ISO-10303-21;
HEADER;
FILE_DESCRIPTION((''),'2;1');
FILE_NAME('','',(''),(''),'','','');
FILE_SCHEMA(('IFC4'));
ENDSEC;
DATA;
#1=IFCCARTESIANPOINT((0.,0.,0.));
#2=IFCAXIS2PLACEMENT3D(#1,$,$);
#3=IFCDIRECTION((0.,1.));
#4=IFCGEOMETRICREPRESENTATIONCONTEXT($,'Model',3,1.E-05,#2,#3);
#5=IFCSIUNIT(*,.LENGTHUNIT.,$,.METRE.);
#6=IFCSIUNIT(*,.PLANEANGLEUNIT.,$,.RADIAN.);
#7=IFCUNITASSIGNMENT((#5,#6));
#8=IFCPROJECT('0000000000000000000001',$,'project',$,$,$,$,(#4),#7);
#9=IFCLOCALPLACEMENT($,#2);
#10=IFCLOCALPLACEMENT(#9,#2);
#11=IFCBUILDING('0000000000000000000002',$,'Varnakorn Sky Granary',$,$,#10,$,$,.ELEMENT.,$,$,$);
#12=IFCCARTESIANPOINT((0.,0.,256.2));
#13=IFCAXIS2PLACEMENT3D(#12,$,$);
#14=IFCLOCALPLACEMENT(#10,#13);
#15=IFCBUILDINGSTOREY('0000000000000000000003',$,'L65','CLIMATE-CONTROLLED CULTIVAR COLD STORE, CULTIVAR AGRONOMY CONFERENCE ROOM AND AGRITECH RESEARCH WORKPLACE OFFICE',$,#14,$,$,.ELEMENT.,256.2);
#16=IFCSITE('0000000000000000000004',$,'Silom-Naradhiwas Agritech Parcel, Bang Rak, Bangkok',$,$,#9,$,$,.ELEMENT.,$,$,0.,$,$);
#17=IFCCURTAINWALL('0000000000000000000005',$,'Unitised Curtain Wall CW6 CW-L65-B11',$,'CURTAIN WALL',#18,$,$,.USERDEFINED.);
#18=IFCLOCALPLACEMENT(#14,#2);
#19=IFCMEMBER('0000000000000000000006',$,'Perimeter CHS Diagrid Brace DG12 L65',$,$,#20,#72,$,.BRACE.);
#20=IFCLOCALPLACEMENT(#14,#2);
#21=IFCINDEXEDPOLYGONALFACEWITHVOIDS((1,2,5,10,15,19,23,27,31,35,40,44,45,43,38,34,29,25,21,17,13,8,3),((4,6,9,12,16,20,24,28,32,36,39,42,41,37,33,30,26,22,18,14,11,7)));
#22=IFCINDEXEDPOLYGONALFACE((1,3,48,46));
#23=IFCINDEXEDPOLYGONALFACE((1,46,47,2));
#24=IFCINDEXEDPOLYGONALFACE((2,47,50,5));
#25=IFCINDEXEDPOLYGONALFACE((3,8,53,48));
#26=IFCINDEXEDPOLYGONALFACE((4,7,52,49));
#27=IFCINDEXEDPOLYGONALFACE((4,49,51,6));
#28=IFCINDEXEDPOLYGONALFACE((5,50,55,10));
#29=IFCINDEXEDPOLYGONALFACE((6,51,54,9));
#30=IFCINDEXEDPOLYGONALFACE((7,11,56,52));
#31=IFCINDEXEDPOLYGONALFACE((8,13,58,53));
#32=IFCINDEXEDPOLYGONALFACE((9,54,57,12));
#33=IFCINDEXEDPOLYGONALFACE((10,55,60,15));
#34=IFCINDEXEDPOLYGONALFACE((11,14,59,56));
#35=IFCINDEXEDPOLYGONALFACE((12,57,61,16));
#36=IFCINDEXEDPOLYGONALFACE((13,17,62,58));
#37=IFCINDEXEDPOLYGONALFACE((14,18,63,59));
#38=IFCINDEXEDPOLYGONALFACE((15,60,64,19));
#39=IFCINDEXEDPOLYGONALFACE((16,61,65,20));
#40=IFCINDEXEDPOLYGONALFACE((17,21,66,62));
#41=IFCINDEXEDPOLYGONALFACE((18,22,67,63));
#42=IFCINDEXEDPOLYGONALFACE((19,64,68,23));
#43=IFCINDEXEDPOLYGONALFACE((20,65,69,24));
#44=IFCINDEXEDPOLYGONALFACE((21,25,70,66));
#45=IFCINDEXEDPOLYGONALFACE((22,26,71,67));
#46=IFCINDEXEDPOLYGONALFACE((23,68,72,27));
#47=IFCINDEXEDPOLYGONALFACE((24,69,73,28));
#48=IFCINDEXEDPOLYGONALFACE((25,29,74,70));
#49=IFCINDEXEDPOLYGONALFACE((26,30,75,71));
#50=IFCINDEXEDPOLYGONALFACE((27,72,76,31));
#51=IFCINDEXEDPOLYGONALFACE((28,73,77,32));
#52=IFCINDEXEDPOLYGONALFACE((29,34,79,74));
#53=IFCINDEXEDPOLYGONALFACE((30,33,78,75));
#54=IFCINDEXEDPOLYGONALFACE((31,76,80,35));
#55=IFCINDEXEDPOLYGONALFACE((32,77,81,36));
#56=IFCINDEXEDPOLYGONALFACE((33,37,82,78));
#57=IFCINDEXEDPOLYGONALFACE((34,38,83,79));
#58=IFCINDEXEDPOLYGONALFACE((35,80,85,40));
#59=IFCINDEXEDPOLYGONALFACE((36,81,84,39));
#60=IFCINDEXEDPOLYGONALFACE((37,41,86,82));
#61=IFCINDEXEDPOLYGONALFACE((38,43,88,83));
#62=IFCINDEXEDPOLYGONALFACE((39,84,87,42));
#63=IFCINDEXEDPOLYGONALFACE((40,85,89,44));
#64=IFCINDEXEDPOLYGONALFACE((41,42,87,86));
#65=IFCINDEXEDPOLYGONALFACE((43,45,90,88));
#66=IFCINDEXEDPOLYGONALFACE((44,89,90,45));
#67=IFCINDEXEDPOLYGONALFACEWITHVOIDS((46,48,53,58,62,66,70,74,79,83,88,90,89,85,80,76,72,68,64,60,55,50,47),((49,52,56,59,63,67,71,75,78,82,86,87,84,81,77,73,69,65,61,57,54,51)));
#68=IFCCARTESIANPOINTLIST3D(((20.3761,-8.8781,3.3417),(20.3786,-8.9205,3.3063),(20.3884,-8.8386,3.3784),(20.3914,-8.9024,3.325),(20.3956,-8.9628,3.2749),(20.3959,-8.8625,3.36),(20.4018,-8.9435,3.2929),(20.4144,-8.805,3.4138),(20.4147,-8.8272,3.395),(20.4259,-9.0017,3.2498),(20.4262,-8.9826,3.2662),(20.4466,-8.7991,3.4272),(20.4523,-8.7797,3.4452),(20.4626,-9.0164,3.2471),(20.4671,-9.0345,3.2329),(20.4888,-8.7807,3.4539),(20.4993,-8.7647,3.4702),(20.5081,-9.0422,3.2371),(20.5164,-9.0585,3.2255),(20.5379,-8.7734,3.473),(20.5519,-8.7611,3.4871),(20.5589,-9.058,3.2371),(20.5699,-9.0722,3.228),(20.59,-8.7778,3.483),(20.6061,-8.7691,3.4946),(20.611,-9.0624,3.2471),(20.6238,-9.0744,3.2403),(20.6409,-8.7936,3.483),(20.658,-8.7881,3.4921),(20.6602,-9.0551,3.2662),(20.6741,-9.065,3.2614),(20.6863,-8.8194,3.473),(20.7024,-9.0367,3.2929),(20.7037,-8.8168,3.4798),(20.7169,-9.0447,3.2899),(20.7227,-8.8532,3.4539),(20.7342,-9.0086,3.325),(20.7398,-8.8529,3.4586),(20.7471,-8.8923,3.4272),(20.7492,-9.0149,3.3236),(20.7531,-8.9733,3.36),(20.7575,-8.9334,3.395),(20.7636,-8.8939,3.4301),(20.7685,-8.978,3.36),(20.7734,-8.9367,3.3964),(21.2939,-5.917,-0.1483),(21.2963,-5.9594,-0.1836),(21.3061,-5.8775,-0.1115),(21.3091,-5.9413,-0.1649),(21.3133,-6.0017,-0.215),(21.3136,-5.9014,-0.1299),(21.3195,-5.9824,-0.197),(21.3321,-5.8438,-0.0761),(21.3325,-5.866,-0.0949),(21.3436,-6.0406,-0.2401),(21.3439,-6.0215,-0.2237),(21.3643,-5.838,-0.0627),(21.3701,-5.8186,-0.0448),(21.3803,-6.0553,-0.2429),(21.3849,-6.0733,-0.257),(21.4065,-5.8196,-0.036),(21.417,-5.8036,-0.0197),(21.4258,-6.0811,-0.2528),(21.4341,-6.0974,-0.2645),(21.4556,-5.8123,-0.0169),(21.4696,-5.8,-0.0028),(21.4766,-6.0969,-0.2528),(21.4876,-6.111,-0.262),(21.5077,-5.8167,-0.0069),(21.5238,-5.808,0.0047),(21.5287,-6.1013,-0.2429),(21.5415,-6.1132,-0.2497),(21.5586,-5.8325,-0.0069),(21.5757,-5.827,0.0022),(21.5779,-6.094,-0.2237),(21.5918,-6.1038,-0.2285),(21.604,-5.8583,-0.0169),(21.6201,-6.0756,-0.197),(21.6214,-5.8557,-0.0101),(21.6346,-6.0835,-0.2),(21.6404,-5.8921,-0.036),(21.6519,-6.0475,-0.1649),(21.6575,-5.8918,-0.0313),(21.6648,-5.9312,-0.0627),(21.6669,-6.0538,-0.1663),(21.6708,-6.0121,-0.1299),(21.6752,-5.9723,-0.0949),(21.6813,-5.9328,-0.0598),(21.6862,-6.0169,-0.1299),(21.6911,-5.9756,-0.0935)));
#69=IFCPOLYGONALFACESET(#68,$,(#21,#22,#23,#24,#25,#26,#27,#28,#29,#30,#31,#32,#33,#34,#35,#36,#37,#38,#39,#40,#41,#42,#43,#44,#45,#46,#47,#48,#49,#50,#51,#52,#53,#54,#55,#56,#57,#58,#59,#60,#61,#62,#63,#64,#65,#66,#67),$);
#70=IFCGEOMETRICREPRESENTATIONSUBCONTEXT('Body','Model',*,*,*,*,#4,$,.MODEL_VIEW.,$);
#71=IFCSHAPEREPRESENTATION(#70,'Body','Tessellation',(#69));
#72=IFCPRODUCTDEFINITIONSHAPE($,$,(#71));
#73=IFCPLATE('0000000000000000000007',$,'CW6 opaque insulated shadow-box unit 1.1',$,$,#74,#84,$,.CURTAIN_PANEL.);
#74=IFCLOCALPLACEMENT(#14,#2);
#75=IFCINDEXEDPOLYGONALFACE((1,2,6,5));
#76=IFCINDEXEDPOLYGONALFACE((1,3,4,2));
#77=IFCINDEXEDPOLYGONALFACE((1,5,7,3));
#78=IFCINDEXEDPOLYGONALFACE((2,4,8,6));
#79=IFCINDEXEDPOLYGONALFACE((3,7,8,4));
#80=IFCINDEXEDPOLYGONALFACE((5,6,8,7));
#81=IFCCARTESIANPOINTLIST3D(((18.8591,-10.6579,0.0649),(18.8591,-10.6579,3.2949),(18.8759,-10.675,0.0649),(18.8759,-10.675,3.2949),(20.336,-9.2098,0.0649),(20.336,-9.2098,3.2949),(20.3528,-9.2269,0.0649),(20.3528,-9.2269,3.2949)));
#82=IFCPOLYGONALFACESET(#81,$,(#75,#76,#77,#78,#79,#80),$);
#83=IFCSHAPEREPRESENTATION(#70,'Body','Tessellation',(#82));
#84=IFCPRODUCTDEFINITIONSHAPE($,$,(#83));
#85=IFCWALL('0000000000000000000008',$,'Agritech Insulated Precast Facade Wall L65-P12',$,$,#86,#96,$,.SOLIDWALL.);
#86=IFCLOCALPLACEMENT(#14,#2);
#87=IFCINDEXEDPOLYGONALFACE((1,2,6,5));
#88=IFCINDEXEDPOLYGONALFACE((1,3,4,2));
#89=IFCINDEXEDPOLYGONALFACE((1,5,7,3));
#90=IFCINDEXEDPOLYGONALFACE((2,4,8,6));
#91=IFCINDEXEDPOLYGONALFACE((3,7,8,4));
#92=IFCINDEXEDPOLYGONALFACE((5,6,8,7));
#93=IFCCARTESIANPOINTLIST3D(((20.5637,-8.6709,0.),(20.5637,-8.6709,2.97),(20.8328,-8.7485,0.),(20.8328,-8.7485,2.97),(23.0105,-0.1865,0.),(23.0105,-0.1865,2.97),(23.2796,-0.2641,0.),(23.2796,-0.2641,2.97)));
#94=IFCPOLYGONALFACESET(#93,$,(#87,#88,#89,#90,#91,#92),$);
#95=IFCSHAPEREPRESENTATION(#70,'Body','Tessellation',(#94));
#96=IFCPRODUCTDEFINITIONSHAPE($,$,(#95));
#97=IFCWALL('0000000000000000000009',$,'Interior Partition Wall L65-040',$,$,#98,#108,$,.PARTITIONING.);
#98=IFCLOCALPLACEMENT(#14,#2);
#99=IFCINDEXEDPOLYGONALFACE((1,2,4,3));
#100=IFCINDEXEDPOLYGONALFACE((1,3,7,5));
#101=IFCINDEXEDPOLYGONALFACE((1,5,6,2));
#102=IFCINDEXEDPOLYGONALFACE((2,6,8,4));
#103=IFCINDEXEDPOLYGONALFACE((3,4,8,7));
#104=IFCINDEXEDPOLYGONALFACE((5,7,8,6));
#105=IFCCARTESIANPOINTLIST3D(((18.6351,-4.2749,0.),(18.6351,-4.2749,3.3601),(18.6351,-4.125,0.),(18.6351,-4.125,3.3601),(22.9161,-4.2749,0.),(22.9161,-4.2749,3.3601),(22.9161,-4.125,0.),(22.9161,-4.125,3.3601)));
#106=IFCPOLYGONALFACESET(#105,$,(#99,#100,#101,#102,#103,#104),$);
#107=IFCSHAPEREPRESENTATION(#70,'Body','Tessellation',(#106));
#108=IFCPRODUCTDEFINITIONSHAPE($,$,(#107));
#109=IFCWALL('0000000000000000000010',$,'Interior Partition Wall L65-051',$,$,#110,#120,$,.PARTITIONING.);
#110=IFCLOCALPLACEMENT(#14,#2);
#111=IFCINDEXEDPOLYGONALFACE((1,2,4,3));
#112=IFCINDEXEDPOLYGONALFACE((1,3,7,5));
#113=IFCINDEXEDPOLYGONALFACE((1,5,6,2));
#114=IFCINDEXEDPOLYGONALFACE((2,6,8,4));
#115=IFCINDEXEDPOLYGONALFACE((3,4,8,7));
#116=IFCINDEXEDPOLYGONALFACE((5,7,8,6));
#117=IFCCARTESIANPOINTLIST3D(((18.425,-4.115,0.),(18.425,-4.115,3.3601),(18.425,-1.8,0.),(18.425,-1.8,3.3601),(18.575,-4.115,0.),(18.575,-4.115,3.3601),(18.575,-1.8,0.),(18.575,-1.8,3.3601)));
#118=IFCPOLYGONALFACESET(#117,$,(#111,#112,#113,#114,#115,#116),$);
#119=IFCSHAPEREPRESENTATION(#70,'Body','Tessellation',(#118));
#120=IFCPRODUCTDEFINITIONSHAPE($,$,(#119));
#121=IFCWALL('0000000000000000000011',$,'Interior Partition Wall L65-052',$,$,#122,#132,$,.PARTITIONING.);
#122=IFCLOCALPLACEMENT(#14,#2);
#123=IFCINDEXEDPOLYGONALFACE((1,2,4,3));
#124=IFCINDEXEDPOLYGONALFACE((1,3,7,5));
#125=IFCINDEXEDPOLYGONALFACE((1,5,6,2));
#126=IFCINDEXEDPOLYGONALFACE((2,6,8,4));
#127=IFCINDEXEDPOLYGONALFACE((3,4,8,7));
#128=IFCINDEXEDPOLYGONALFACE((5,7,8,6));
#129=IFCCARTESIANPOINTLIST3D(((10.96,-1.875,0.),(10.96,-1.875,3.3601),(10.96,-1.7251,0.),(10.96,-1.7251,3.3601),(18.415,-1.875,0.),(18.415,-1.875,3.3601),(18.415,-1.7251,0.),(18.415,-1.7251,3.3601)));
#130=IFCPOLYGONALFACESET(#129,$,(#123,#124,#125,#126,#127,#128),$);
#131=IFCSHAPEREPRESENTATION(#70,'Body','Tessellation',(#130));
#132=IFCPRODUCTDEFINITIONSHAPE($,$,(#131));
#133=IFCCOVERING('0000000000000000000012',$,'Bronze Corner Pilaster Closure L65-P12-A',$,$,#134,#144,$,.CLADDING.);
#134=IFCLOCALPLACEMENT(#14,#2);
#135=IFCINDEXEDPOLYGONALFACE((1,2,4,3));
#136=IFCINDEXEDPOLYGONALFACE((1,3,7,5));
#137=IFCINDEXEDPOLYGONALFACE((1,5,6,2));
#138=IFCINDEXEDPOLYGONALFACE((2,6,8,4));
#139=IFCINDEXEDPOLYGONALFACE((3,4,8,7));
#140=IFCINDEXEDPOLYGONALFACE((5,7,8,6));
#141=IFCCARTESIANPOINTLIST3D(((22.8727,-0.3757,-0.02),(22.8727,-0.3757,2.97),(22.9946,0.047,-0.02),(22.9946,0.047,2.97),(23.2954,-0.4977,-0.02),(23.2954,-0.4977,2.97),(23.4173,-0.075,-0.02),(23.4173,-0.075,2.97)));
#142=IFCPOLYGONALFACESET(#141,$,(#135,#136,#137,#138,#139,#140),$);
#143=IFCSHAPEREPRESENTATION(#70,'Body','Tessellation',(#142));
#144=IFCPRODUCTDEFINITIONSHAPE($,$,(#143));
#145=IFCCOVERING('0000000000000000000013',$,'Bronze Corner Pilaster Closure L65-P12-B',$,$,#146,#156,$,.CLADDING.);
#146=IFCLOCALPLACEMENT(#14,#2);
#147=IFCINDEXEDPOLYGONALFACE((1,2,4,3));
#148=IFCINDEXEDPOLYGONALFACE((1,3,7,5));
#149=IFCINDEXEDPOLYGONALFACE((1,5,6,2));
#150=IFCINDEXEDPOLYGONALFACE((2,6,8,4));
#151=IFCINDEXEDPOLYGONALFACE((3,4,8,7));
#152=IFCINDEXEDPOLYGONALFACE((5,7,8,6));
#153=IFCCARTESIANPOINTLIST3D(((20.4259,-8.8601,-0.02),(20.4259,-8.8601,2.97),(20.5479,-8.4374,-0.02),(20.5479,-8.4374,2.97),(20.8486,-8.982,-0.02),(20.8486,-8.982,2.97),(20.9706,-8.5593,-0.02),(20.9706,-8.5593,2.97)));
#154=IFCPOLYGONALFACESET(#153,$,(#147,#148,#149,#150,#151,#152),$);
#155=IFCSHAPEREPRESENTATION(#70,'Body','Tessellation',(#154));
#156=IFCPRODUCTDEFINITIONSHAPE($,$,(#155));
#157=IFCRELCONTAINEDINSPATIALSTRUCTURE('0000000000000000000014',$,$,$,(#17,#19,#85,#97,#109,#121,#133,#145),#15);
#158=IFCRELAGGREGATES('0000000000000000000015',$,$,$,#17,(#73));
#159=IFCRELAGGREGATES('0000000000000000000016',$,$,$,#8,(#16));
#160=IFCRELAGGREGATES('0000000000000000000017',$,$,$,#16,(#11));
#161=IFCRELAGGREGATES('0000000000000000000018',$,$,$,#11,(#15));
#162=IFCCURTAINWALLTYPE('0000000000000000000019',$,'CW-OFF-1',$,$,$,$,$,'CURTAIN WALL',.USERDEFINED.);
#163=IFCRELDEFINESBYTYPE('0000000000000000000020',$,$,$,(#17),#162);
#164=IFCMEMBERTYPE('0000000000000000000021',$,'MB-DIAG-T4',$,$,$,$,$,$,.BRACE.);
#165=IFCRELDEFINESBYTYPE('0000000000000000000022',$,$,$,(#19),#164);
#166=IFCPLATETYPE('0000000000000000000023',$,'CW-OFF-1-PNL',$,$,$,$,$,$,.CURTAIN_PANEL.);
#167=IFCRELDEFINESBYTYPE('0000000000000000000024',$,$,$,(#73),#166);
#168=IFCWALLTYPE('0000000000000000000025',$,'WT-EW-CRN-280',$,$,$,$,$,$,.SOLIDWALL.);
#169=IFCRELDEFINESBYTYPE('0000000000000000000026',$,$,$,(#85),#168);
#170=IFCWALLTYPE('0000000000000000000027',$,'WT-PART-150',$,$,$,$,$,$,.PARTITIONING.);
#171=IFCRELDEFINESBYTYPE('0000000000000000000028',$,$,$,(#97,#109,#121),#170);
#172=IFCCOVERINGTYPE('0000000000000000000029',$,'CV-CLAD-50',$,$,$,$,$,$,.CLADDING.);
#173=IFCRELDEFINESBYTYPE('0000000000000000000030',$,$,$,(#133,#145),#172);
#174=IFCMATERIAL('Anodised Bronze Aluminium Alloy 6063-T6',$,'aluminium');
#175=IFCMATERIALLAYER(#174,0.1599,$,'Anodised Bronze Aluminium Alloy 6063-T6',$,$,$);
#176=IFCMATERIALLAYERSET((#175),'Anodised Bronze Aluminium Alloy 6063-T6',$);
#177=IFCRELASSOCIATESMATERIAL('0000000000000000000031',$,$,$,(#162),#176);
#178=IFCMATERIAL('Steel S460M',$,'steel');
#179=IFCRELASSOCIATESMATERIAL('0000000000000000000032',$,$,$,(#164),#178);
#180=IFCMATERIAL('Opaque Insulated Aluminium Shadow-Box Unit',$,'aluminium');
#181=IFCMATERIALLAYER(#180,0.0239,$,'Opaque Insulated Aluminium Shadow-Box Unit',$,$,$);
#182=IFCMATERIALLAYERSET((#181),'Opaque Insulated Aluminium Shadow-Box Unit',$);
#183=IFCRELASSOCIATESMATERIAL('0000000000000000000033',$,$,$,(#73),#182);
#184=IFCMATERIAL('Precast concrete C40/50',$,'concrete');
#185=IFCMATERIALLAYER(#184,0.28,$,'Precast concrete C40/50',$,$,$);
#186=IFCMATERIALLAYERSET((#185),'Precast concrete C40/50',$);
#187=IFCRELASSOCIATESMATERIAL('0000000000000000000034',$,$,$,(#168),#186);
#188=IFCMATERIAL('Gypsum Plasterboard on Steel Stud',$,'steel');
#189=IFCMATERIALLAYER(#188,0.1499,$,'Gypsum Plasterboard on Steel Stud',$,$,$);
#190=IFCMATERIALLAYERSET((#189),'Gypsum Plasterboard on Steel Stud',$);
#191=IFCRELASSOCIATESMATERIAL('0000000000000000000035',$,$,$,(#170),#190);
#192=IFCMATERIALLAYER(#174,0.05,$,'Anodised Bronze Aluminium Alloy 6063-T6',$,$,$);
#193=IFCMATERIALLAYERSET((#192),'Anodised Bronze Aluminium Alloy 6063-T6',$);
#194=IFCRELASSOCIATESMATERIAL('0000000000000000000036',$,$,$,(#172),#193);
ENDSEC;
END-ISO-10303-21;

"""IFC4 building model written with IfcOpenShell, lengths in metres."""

from ifc_helpers import new_model, si_unit, direction, frame, frame_2d, origin, origin_2d, place, context, subcontext, project, spatial, rectangle, hollow_circle, extrude, source, transform, mapped, material, layer, layer_set, material_profile, profile_set, type_object, type_shapes, element, aggregate, save


model = new_model("IFC4")

# Units and contexts
model_context = context("Model", 3, precision=1e-05, world=origin(), true_north=direction((0.0, 1.0)))
body_context = subcontext(model_context, "Body", "Model", "MODEL_VIEW")
ifc_project = project(units=[si_unit("LENGTHUNIT", "METRE"), si_unit("PLANEANGLEUNIT", "RADIAN")], contexts=[model_context])

# Site, building, storey
site_placement = place(None, origin())
site = spatial("IfcSite", under=ifc_project, at=site_placement, Name="Silom-Naradhiwas Agritech Parcel, Bang Rak, Bangkok", CompositionType="ELEMENT", RefElevation=0.0)
building_placement = place(site_placement, origin())
building = spatial("IfcBuilding", under=site, at=building_placement, Name="Varnakorn Sky Granary", CompositionType="ELEMENT")
storey_placement = place(building_placement, frame((0.0, 0.0, 256.2)))
storey = spatial("IfcBuildingStorey", under=building, at=storey_placement, Name="L65", Description="CLIMATE-CONTROLLED CULTIVAR COLD STORE, CULTIVAR AGRONOMY CONFERENCE ROOM AND AGRITECH RESEARCH WORKPLACE OFFICE", CompositionType="ELEMENT", Elevation=256.2)

# Shared definitions
ifc_material_1 = material(Name="Steel S460M", Category="steel")

# Shared definitions
ifc_material_2 = material(Name="Anodised Bronze Aluminium Alloy 6063-T6", Category="aluminium")
ifc_layer_1 = layer(ifc_material_2, 0.1599, Name="Anodised Bronze Aluminium Alloy 6063-T6")
ifc_layer_set_1 = layer_set([ifc_layer_1], Name="Anodised Bronze Aluminium Alloy 6063-T6")
curtain_wall_type = type_object("IfcCurtainWallType", Name="CW-OFF-1", ElementType="CURTAIN WALL", PredefinedType="USERDEFINED", material=ifc_layer_set_1)

# Curtain wall
curtain_wall_1_placement = place(storey_placement, origin())
curtain_wall_1 = element("IfcCurtainWall", 1, at=curtain_wall_1_placement, inside=storey, type_object=curtain_wall_type, Name="Unitised Curtain Wall CW6 CW-L65-B11", ObjectType="CURTAIN WALL", PredefinedType="USERDEFINED")

# Member
ifc_material_profile_1 = material_profile(ifc_material_1, hollow_circle(Radius=0.2031, WallThickness=0.0161, at=origin_2d()), Name="CHS 406.4x16")
ifc_profile_set_1 = profile_set([ifc_material_profile_1], Name="Steel S460M")
member_type_1 = type_object("IfcMemberType", Name="MB-DIAG-T4", PredefinedType="BRACE", material=ifc_profile_set_1)
member_1_placement = place(storey_placement, frame((21.4922, -5.9568, -0.1299), z_axis=(-0.196596, -0.634349, 0.747631), x_axis=(0.955179, -0.296028, 0.0)))
element("IfcMember", 2, at=member_1_placement, inside=storey, type_object=member_type_1, Name="Perimeter CHS Diagrid Brace DG12 L65", PredefinedType="BRACE", context=body_context, shape_type="SweptSolid", body=[
    extrude(hollow_circle(Radius=0.2031, WallThickness=0.0161, at=origin_2d()), origin(), (0.0, 0.0, 1.0), 4.668),
])

# Plate
ifc_material_3 = material(Name="Opaque Insulated Aluminium Shadow-Box Unit", Category="aluminium")
ifc_layer_2 = layer(ifc_material_3, 0.0239, Name="Opaque Insulated Aluminium Shadow-Box Unit")
ifc_layer_set_2 = layer_set([ifc_layer_2], Name="Opaque Insulated Aluminium Shadow-Box Unit")
plate_type = type_object("IfcPlateType", Name="CW-OFF-1-PNL", PredefinedType="CURTAIN_PANEL")
shared_shape_1 = source(origin(), body_context, "Body", "SweptSolid", [
    extrude(rectangle(XDim=2.0684, YDim=0.0239, at=origin_2d()), origin(), (0.0, 0.0, 1.0), 3.23),
])
type_shapes(plate_type, [shared_shape_1])
plate_placement = place(storey_placement, frame((19.606, -9.9424, 0.0649), z_axis=(0.0, 0.0, 1.0), x_axis=(-0.714027, -0.700118, 0.0)))
plate = element("IfcPlate", 3, at=plate_placement, type_object=plate_type, material=ifc_layer_set_2, Name="CW6 opaque insulated shadow-box unit 1.1", PredefinedType="CURTAIN_PANEL", context=body_context, shape_type="MappedRepresentation", body=[
    mapped(shared_shape_1, transform((0.0, 0.0, 0.0), x_axis=(1.0, 0.0, 0.0), y_axis=(0.0, 1.0, 0.0), z_axis=(0.0, 0.0, 1.0), scale=1.0)),
])
aggregate(curtain_wall_1, [plate])

# Walls
ifc_material_4 = material(Name="Precast concrete C40/50", Category="concrete")
ifc_layer_3 = layer(ifc_material_4, 0.28, Name="Precast concrete C40/50")
ifc_layer_set_3 = layer_set([ifc_layer_3], Name="Precast concrete C40/50")
wall_type_1 = type_object("IfcWallType", Name="WT-EW-CRN-280", PredefinedType="SOLIDWALL", material=ifc_layer_set_3)
wall_1_placement = place(storey_placement, frame((23.145, -0.2253, 0.0), z_axis=(0.0, 0.0, 1.0), x_axis=(-0.277094, -0.960843, 0.0)))
element("IfcWall", 4, at=wall_1_placement, inside=storey, type_object=wall_type_1, Name="Agritech Insulated Precast Facade Wall L65-P12", PredefinedType="SOLIDWALL", context=body_context, shape_type="SweptSolid", body=[
    extrude(rectangle(XDim=8.8301, YDim=0.28, at=frame_2d((4.415, 0.0))), origin(), (0.0, 0.0, 1.0), 2.97),
])
ifc_material_5 = material(Name="Gypsum Plasterboard on Steel Stud", Category="steel")
ifc_layer_4 = layer(ifc_material_5, 0.1499, Name="Gypsum Plasterboard on Steel Stud")
ifc_layer_set_4 = layer_set([ifc_layer_4], Name="Gypsum Plasterboard on Steel Stud")
wall_type_2 = type_object("IfcWallType", Name="WT-PART-150", PredefinedType="PARTITIONING", material=ifc_layer_set_4)
wall_2_placement = place(storey_placement, frame((18.635, -4.2, 0.0), z_axis=(0.0, 0.0, 1.0), x_axis=(1.0, 0.0, 0.0)))
element("IfcWall", 5, at=wall_2_placement, inside=storey, type_object=wall_type_2, Name="Interior Partition Wall L65-040", PredefinedType="PARTITIONING", context=body_context, shape_type="SweptSolid", body=[
    extrude(rectangle(XDim=4.281, YDim=0.1499, at=frame_2d((2.1406, 0.0))), origin(), (0.0, 0.0, 1.0), 3.3601),
])
wall_3_placement = place(storey_placement, frame((18.5, -4.115, 0.0), z_axis=(0.0, 0.0, 1.0), x_axis=(0.0, 1.0, 0.0)))
element("IfcWall", 6, at=wall_3_placement, inside=storey, type_object=wall_type_2, Name="Interior Partition Wall L65-051", PredefinedType="PARTITIONING", context=body_context, shape_type="SweptSolid", body=[
    extrude(rectangle(XDim=2.3149, YDim=0.1499, at=frame_2d((1.1575, 0.0))), origin(), (0.0, 0.0, 1.0), 3.3601),
])
wall_4_placement = place(storey_placement, frame((18.415, -1.8, 0.0), z_axis=(0.0, 0.0, 1.0), x_axis=(-1.0, 0.0, 0.0)))
element("IfcWall", 7, at=wall_4_placement, inside=storey, type_object=wall_type_2, Name="Interior Partition Wall L65-052", PredefinedType="PARTITIONING", context=body_context, shape_type="SweptSolid", body=[
    extrude(rectangle(XDim=7.4551, YDim=0.1499, at=frame_2d((3.7275, 0.0))), origin(), (0.0, 0.0, 1.0), 3.3601),
])

# Coverings
ifc_layer_5 = layer(ifc_material_2, 0.05, Name="Anodised Bronze Aluminium Alloy 6063-T6")
ifc_layer_set_5 = layer_set([ifc_layer_5], Name="Anodised Bronze Aluminium Alloy 6063-T6")
covering_type = type_object("IfcCoveringType", Name="CV-CLAD-50", PredefinedType="CLADDING", material=ifc_layer_set_5)
shared_shape_2 = source(origin(), body_context, "Body", "SweptSolid", [
    extrude(rectangle(XDim=0.4399, YDim=0.4399, at=origin_2d()), origin(), (0.0, 0.0, 1.0), 2.99),
])
type_shapes(covering_type, [shared_shape_2])
for number, where, z_axis, x_axis, name in (
    (8, (23.145, -0.2253, -0.02), (0.0, 0.0, 1.0), (-0.277147, -0.960828, 0.0), "Bronze Corner Pilaster Closure L65-P12-A"),
    (9, (20.6982, -8.7097, -0.02), (0.0, 0.0, 1.0), (-0.277147, -0.960828, 0.0), "Bronze Corner Pilaster Closure L65-P12-B"),
):
    element("IfcCovering", number, at=place(storey_placement, frame(where, z_axis=z_axis, x_axis=x_axis)), inside=storey, type_object=covering_type, Name=name, PredefinedType="CLADDING", context=body_context, shape_type="MappedRepresentation", body=[
        mapped(shared_shape_2, transform((0.0, 0.0, 0.0), x_axis=(1.0, 0.0, 0.0), y_axis=(0.0, 1.0, 0.0), z_axis=(0.0, 0.0, 1.0), scale=1.0)),
    ])

save(model, "model.ifc")
